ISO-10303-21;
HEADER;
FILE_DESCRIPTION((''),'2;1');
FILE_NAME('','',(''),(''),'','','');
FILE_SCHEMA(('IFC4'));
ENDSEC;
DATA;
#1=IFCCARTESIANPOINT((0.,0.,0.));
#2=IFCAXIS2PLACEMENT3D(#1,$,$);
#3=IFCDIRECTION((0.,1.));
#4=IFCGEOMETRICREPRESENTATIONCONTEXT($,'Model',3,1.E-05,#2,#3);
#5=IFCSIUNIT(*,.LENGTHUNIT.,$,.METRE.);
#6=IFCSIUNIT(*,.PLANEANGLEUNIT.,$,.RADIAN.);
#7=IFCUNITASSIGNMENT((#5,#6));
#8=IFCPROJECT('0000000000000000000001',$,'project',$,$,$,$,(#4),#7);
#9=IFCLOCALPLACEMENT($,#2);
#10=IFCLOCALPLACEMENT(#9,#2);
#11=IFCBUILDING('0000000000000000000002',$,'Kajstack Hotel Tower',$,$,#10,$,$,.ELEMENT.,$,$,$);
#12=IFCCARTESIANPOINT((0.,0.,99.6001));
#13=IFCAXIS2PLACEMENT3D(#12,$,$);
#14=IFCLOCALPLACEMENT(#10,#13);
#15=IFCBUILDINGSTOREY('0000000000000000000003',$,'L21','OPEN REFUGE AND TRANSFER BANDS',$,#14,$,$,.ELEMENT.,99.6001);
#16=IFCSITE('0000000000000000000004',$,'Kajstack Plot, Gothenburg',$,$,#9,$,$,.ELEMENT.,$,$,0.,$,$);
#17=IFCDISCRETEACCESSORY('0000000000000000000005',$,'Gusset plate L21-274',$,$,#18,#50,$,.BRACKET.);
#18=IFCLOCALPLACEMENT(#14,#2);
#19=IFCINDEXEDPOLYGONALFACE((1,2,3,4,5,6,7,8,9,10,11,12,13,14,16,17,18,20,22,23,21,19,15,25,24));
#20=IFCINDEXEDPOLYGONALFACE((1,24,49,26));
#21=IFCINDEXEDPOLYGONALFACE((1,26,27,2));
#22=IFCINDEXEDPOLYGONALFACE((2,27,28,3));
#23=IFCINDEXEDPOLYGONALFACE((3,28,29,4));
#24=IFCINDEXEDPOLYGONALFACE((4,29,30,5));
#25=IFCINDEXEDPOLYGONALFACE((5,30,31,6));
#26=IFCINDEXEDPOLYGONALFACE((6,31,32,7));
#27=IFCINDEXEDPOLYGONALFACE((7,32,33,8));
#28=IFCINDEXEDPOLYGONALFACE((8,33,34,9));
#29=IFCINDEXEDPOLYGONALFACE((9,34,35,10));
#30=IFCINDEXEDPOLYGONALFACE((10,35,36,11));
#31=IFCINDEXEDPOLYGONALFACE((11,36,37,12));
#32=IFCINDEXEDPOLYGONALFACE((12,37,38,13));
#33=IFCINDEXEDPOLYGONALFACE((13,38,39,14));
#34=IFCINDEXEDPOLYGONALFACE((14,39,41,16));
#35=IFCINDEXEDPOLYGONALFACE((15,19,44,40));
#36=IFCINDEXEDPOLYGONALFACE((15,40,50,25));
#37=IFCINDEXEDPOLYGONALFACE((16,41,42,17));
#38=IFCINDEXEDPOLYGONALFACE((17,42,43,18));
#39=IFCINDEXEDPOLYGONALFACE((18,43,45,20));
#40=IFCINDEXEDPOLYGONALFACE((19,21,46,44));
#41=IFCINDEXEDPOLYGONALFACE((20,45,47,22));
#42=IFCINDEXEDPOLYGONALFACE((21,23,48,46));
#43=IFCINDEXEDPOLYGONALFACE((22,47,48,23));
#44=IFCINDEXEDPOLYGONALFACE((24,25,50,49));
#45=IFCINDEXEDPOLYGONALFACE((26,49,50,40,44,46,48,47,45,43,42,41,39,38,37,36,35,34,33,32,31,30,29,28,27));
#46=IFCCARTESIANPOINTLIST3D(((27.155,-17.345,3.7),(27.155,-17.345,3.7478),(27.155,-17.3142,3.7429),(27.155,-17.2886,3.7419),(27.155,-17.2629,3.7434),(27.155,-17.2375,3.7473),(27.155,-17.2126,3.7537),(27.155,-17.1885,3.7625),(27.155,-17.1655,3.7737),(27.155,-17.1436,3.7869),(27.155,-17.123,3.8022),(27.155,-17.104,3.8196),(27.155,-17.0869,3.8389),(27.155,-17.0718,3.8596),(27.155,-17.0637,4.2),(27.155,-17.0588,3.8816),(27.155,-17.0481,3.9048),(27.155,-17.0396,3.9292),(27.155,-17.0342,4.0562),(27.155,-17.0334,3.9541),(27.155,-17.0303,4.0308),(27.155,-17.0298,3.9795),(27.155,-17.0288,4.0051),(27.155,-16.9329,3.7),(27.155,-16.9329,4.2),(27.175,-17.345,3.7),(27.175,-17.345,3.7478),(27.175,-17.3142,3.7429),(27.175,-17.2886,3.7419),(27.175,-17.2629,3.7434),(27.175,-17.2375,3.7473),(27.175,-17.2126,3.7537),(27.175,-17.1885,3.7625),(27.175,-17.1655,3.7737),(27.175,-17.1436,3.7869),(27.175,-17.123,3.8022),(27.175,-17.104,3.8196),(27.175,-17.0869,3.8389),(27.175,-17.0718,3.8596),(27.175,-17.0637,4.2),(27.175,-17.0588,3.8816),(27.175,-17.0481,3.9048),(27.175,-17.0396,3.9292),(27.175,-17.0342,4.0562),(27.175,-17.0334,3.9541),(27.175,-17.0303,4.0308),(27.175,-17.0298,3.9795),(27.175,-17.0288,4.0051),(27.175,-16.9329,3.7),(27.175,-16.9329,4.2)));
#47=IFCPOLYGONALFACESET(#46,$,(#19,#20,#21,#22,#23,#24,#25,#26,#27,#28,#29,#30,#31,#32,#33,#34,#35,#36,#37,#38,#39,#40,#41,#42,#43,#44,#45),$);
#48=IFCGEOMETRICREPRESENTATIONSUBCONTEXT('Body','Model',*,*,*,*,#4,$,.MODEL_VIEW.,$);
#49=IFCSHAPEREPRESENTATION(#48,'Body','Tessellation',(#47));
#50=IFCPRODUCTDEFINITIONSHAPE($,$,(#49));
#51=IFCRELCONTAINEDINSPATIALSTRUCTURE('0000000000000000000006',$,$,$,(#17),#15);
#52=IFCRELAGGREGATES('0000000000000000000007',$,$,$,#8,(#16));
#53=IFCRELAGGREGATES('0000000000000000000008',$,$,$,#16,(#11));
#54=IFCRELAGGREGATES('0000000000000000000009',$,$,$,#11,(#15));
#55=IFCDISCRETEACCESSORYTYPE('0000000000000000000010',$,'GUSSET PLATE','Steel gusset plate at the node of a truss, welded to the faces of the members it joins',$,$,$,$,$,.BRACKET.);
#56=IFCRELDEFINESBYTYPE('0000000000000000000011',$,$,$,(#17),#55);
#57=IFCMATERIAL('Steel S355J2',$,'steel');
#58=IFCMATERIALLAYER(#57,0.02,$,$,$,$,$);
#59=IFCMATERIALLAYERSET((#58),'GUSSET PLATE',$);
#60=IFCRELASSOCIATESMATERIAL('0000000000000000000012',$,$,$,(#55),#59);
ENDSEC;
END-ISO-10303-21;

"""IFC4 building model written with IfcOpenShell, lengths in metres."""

from ifc_helpers import new_model, si_unit, direction, frame, origin, place, context, subcontext, project, spatial, polyline, outline, extrude, material, layer, layer_set, type_object, element, save


model = new_model("IFC4")

# Units and contexts
model_context = context("Model", 3, precision=1e-05, world=origin(), true_north=direction((0.0, 1.0)))
body_context = subcontext(model_context, "Body", "Model", "MODEL_VIEW")
ifc_project = project(units=[si_unit("LENGTHUNIT", "METRE"), si_unit("PLANEANGLEUNIT", "RADIAN")], contexts=[model_context])

# Site, building, storey
site_placement = place(None, origin())
site = spatial("IfcSite", under=ifc_project, at=site_placement, Name="Kajstack Plot, Gothenburg", CompositionType="ELEMENT", RefElevation=0.0)
building_placement = place(site_placement, origin())
building = spatial("IfcBuilding", under=site, at=building_placement, Name="Kajstack Hotel Tower", CompositionType="ELEMENT")
storey_placement = place(building_placement, frame((0.0, 0.0, 99.6001)))
storey = spatial("IfcBuildingStorey", under=building, at=storey_placement, Name="L21", Description="OPEN REFUGE AND TRANSFER BANDS", CompositionType="ELEMENT", Elevation=99.6001)

# Shared definitions
ifc_material_1 = material(Name="Steel S355J2", Category="steel")

# Discrete accessory
ifc_layer_1 = layer(ifc_material_1, 0.02)
ifc_layer_set_1 = layer_set([ifc_layer_1], Name="GUSSET PLATE")
discrete_accessory_type = type_object("IfcDiscreteAccessoryType", Name="GUSSET PLATE", Description="Steel gusset plate at the node of a truss, welded to the faces of the members it joins", PredefinedType="BRACKET", material=ifc_layer_set_1)
discrete_accessory_placement = place(storey_placement, frame((27.155, -17.3328, 3.7), z_axis=(1.0, 0.0, 0.0), x_axis=(0.0, 1.0, 0.0)))
element("IfcDiscreteAccessory", 1, at=discrete_accessory_placement, inside=storey, type_object=discrete_accessory_type, Name="Gusset plate L21-274", PredefinedType="BRACKET", context=body_context, shape_type="SweptSolid", body=[
    extrude(outline(polyline([(0.3999, 0.5), (0.269, 0.5), (0.2986, 0.3562), (0.3025, 0.3308), (0.304, 0.3052), (0.303, 0.2795), (0.2993, 0.2542), (0.2932, 0.2292), (0.2847, 0.2048), (0.2739, 0.1816), (0.261, 0.1597), (0.2458, 0.1389), (0.2288, 0.1196), (0.2097, 0.1023), (0.1892, 0.0869), (0.1672, 0.0737), (0.1443, 0.0625), (0.1201, 0.0537), (0.0952, 0.0474), (0.0698, 0.0435), (0.0442, 0.042), (0.0186, 0.043), (-0.0122, 0.0479), (-0.0122, 0.0), (0.3999, 0.0), (0.3999, 0.5)])), origin(), (0.0, 0.0, 1.0), 0.02),
])

save(model, "model.ifc")
